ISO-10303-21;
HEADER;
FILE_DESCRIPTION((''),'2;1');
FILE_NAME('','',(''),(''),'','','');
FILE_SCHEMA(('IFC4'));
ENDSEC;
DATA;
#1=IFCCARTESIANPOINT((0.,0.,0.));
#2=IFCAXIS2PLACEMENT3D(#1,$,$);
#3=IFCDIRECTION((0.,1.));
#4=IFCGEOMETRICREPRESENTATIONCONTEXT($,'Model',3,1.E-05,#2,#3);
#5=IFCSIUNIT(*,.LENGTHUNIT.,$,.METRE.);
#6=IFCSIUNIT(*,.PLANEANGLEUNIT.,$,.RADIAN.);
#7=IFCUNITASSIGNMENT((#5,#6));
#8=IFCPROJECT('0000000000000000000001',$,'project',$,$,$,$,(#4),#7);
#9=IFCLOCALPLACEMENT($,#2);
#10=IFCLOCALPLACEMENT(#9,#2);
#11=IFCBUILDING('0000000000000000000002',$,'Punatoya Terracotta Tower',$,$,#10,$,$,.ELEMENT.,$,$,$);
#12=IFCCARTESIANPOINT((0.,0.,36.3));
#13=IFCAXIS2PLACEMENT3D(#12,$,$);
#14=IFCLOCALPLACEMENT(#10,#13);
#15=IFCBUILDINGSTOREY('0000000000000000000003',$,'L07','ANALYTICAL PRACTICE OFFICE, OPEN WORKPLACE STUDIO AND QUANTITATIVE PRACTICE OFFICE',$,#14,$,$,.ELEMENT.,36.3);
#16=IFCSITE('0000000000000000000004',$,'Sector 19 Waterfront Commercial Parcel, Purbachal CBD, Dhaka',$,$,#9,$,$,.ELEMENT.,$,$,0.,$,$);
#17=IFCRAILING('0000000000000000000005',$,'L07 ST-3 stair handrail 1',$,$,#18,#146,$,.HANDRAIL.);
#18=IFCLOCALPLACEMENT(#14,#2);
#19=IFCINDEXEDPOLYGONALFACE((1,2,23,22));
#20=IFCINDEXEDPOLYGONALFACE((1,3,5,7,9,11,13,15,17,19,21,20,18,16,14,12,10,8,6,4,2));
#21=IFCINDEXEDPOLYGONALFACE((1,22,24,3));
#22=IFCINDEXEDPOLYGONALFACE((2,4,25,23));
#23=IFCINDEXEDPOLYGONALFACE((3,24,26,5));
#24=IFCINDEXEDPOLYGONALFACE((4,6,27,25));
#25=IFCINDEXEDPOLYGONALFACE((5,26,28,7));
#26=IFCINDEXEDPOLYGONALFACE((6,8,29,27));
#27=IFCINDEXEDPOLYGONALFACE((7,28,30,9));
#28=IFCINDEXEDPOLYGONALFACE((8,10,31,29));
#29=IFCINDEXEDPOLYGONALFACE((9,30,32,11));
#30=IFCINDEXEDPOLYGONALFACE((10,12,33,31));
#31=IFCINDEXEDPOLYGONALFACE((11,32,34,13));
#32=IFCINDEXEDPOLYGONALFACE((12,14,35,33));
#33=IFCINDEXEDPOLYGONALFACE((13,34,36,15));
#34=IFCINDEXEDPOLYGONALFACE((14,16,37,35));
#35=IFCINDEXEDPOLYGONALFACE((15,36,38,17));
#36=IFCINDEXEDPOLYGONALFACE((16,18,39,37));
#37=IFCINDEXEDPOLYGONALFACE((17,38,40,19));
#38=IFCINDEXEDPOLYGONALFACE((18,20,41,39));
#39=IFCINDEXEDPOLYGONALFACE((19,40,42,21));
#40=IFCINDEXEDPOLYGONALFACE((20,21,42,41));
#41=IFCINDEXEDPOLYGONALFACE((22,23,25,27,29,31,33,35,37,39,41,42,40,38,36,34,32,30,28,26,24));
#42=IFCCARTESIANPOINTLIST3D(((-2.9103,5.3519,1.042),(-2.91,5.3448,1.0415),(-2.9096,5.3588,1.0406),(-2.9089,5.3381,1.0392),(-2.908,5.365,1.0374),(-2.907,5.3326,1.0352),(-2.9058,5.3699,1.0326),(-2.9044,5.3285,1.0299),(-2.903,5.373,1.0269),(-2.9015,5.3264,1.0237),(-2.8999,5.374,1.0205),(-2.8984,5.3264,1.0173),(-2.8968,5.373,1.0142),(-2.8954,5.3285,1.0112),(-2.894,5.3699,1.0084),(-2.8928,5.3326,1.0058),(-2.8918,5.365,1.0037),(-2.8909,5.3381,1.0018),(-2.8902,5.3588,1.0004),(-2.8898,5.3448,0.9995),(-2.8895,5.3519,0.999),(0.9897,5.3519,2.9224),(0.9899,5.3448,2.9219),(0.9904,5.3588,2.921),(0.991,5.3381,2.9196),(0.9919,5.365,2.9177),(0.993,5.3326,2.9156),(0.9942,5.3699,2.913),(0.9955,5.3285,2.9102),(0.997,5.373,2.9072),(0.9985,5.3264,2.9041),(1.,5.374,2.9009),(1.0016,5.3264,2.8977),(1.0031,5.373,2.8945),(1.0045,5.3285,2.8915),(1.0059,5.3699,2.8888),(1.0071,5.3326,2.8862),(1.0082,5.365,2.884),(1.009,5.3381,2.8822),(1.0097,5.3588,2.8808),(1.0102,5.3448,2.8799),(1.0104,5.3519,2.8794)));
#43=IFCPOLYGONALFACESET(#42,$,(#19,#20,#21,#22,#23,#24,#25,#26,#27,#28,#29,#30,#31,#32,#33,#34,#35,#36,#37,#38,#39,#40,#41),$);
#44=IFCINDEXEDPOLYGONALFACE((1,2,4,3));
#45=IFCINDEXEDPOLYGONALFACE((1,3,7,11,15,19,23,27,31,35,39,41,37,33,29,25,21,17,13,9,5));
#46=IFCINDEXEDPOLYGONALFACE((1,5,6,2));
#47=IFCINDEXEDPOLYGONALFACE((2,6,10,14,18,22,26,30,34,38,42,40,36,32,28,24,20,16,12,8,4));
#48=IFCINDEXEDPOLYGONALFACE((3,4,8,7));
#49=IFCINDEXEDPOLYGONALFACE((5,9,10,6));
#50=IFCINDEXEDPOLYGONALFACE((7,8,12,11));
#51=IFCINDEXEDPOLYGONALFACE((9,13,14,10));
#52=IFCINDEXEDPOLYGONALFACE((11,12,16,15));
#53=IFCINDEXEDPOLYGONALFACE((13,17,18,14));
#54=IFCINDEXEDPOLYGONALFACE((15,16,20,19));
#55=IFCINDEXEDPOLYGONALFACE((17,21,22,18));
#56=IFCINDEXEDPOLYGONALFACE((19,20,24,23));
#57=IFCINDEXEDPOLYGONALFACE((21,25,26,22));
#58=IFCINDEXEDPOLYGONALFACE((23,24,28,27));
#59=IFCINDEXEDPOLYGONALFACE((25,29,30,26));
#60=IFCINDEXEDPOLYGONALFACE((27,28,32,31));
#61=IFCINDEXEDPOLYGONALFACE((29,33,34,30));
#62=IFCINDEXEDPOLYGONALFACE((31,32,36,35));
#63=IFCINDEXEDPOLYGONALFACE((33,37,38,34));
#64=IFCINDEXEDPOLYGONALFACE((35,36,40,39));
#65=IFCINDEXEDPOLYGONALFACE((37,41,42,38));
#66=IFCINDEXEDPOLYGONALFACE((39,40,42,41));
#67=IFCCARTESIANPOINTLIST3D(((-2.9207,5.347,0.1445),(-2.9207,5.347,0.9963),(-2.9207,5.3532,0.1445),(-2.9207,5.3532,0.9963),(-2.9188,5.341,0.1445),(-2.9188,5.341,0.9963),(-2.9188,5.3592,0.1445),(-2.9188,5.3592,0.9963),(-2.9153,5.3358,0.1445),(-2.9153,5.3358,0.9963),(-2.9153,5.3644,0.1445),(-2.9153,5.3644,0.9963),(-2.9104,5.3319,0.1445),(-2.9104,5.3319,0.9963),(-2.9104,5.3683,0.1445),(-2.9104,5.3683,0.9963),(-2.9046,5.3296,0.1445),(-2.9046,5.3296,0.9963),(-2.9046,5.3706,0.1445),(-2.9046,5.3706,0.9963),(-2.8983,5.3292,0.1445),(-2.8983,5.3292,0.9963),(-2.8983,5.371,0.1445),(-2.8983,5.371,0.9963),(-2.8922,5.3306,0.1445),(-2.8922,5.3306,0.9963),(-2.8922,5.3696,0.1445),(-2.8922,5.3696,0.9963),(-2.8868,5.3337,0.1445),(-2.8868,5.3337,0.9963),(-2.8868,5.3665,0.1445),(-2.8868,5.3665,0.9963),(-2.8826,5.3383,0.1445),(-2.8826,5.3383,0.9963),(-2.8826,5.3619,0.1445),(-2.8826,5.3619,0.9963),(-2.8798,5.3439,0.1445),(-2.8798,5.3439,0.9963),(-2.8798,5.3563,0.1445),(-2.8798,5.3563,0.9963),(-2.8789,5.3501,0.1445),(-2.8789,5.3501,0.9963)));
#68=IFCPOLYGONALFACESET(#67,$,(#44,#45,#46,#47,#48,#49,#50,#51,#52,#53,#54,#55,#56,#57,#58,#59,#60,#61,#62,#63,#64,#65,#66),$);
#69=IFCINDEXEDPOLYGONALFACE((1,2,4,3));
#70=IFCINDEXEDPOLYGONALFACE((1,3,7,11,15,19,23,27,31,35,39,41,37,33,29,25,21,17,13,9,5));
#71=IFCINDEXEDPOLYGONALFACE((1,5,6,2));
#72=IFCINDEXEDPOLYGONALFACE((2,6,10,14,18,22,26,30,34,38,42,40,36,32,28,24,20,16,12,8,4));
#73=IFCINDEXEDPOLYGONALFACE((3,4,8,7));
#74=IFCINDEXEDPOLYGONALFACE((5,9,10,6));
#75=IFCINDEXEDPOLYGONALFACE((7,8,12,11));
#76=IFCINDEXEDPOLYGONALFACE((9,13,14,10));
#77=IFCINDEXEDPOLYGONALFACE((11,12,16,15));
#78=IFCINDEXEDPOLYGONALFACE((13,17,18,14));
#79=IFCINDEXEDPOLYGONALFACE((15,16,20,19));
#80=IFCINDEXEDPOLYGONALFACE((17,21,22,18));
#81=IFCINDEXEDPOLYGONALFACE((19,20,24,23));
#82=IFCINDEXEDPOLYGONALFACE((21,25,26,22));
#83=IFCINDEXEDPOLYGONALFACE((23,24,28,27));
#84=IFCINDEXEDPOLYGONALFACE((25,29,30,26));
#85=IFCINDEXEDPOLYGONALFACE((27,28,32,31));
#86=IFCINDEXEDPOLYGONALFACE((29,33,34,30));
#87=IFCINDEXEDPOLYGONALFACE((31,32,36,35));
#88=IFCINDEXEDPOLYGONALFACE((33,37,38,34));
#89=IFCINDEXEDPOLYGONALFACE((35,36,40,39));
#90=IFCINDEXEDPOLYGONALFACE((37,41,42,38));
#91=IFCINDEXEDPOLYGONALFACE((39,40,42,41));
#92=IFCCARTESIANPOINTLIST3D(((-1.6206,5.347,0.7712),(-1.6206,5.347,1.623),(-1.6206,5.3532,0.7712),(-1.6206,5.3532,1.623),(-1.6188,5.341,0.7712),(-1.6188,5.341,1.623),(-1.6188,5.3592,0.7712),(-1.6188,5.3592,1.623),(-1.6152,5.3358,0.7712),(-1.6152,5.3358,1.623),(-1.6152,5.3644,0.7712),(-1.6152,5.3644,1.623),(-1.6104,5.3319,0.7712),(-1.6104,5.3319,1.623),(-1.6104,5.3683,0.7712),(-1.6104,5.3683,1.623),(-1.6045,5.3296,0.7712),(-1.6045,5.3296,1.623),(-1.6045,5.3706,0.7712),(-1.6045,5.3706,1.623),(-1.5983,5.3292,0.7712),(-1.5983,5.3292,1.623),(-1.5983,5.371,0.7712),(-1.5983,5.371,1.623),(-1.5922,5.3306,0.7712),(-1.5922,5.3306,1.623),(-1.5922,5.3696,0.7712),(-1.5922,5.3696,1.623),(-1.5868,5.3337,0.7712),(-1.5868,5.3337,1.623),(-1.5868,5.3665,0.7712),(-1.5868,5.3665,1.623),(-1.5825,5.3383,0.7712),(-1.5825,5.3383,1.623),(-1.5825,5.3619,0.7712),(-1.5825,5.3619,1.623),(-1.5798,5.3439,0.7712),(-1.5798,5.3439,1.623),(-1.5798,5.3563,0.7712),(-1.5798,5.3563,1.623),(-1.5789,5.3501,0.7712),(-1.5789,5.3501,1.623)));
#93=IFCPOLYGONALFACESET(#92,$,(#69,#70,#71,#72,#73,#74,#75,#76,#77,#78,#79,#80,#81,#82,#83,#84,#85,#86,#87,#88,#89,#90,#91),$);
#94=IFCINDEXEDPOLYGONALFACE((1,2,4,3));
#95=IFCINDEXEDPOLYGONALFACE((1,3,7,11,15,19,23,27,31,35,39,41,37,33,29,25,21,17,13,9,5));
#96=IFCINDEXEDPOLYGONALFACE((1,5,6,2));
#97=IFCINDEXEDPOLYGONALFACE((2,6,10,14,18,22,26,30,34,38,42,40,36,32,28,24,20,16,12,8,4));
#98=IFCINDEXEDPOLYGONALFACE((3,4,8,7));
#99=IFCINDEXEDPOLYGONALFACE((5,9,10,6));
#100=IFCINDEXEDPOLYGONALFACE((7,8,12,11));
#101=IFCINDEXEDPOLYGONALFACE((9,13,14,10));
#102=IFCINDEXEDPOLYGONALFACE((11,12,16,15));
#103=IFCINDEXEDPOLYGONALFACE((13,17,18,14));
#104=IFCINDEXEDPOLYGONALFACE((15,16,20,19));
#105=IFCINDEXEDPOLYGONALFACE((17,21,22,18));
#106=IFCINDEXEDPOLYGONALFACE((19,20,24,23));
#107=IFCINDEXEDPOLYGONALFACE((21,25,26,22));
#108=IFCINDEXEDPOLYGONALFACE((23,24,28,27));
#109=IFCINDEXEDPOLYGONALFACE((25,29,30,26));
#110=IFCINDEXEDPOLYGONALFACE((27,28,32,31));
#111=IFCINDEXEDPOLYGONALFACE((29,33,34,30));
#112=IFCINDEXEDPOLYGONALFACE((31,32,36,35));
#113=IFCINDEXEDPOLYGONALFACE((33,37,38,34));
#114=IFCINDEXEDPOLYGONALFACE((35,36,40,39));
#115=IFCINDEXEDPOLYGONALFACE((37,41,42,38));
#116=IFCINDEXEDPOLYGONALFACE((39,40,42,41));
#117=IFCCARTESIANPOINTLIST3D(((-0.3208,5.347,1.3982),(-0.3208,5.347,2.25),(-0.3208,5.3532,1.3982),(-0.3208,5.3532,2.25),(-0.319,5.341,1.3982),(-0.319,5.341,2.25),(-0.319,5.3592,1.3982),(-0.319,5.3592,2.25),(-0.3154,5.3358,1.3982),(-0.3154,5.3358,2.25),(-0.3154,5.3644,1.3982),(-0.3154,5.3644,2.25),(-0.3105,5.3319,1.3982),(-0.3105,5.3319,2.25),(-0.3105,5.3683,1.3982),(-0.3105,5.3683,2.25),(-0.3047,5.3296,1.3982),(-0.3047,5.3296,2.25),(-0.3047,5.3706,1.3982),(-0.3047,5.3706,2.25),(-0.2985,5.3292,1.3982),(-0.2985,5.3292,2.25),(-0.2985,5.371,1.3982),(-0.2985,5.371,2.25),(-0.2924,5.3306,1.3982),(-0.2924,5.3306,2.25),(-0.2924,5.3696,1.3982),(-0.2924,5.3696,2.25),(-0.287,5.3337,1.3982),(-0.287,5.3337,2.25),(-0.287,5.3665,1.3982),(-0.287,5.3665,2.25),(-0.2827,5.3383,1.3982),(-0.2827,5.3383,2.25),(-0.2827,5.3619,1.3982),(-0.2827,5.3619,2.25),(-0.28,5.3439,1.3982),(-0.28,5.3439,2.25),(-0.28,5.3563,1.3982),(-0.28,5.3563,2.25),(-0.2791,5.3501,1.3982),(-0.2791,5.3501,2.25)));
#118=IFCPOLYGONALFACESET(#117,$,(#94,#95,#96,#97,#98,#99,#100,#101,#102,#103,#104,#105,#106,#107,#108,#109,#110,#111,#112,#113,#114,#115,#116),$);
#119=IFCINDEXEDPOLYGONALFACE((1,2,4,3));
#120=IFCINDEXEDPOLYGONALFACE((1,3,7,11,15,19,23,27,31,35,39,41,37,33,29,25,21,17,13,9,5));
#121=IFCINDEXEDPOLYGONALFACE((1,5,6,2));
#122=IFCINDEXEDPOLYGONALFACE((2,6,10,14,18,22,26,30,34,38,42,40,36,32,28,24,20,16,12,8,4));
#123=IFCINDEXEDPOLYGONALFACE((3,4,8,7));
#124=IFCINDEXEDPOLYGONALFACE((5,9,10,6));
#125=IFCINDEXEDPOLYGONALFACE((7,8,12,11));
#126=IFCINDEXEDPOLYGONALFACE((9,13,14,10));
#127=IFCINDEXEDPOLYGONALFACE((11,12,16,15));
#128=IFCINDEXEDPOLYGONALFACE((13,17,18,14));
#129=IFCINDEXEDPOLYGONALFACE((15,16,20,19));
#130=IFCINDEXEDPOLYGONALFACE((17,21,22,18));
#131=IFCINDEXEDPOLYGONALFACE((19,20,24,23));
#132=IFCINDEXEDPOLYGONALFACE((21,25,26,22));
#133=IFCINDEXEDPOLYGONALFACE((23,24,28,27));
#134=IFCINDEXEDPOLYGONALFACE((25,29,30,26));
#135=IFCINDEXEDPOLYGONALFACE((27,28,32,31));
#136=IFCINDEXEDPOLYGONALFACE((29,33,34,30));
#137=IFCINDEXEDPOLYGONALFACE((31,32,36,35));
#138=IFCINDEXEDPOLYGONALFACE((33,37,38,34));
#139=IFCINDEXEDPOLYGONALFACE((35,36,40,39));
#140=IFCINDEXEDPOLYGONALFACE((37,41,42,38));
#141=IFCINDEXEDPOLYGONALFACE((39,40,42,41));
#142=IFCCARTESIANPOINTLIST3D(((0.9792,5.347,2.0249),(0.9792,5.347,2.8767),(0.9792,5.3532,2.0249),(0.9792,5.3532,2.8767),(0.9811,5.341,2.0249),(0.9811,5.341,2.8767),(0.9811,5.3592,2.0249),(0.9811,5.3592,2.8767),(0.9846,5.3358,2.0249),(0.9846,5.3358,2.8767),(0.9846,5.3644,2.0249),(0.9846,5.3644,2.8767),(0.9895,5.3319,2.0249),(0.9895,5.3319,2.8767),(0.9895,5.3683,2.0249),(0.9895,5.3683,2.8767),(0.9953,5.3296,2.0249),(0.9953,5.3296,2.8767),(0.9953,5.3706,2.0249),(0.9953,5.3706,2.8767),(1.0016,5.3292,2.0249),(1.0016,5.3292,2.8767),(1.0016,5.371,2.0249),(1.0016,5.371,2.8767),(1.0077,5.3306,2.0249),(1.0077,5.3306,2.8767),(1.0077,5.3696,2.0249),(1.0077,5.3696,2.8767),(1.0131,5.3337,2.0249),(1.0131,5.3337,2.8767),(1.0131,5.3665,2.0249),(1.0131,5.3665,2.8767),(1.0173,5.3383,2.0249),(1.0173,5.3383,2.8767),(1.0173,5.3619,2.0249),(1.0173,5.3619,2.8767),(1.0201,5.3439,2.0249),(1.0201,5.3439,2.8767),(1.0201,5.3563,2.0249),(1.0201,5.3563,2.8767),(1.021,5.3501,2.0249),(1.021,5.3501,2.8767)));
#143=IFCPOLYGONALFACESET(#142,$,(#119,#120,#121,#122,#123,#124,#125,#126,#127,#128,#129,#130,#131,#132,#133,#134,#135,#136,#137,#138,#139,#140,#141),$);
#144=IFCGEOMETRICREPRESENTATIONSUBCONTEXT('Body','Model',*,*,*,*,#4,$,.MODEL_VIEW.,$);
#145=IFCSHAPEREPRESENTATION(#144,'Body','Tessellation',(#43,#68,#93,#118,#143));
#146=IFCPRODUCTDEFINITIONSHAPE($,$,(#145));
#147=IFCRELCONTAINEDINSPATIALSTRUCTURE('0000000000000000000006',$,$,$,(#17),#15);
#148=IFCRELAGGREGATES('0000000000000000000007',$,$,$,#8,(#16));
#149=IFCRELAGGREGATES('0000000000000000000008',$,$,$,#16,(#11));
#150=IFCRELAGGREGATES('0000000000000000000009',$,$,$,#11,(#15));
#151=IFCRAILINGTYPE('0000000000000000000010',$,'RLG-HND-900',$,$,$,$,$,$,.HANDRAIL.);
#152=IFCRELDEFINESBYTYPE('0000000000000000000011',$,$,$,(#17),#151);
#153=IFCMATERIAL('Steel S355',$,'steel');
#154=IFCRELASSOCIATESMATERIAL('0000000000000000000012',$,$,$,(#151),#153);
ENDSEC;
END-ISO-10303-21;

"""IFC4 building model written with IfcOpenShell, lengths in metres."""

from ifc_helpers import new_model, si_unit, direction, frame, origin, origin_2d, place, context, subcontext, project, spatial, circle, extrude, material, type_object, element, save


model = new_model("IFC4")

# Units and contexts
model_context = context("Model", 3, precision=1e-05, world=origin(), true_north=direction((0.0, 1.0)))
body_context = subcontext(model_context, "Body", "Model", "MODEL_VIEW")
ifc_project = project(units=[si_unit("LENGTHUNIT", "METRE"), si_unit("PLANEANGLEUNIT", "RADIAN")], contexts=[model_context])

# Site, building, storey
site_placement = place(None, origin())
site = spatial("IfcSite", under=ifc_project, at=site_placement, Name="Sector 19 Waterfront Commercial Parcel, Purbachal CBD, Dhaka", CompositionType="ELEMENT", RefElevation=0.0)
building_placement = place(site_placement, origin())
building = spatial("IfcBuilding", under=site, at=building_placement, Name="Punatoya Terracotta Tower", CompositionType="ELEMENT")
storey_placement = place(building_placement, frame((0.0, 0.0, 36.3)))
storey = spatial("IfcBuildingStorey", under=building, at=storey_placement, Name="L07", Description="ANALYTICAL PRACTICE OFFICE, OPEN WORKPLACE STUDIO AND QUANTITATIVE PRACTICE OFFICE", CompositionType="ELEMENT", Elevation=36.3)

# Shared definitions
ifc_material_1 = material(Name="Steel S355", Category="steel")

# Railing
railing_type_1 = type_object("IfcRailingType", Name="RLG-HND-900", PredefinedType="HANDRAIL", material=ifc_material_1)
railing_1_placement = place(storey_placement, frame((-2.8999, 5.3501, 0.1445)))
element("IfcRailing", 1, at=railing_1_placement, inside=storey, type_object=railing_type_1, Name="L07 ST-3 stair handrail 1", PredefinedType="HANDRAIL", context=body_context, shape_type="SweptSolid", body=[
    extrude(circle(Radius=0.0239, at=origin_2d()), frame((0.0, 0.0, 0.876), z_axis=(0.900763, 0.0, 0.434311), x_axis=(0.0, 1.0, 0.0)), (0.0, 0.0, 1.0), 4.3296),
    extrude(circle(Radius=0.021, at=origin_2d()), origin(), (0.0, 0.0, 1.0), 0.8518),
    extrude(circle(Radius=0.021, at=origin_2d()), frame((1.3, 0.0, 0.6267)), (0.0, 0.0, 1.0), 0.8518),
    extrude(circle(Radius=0.021, at=origin_2d()), frame((2.5999, 0.0, 1.2537)), (0.0, 0.0, 1.0), 0.8518),
    extrude(circle(Radius=0.021, at=origin_2d()), frame((3.8999, 0.0, 1.8804)), (0.0, 0.0, 1.0), 0.8518),
])

save(model, "model.ifc")
